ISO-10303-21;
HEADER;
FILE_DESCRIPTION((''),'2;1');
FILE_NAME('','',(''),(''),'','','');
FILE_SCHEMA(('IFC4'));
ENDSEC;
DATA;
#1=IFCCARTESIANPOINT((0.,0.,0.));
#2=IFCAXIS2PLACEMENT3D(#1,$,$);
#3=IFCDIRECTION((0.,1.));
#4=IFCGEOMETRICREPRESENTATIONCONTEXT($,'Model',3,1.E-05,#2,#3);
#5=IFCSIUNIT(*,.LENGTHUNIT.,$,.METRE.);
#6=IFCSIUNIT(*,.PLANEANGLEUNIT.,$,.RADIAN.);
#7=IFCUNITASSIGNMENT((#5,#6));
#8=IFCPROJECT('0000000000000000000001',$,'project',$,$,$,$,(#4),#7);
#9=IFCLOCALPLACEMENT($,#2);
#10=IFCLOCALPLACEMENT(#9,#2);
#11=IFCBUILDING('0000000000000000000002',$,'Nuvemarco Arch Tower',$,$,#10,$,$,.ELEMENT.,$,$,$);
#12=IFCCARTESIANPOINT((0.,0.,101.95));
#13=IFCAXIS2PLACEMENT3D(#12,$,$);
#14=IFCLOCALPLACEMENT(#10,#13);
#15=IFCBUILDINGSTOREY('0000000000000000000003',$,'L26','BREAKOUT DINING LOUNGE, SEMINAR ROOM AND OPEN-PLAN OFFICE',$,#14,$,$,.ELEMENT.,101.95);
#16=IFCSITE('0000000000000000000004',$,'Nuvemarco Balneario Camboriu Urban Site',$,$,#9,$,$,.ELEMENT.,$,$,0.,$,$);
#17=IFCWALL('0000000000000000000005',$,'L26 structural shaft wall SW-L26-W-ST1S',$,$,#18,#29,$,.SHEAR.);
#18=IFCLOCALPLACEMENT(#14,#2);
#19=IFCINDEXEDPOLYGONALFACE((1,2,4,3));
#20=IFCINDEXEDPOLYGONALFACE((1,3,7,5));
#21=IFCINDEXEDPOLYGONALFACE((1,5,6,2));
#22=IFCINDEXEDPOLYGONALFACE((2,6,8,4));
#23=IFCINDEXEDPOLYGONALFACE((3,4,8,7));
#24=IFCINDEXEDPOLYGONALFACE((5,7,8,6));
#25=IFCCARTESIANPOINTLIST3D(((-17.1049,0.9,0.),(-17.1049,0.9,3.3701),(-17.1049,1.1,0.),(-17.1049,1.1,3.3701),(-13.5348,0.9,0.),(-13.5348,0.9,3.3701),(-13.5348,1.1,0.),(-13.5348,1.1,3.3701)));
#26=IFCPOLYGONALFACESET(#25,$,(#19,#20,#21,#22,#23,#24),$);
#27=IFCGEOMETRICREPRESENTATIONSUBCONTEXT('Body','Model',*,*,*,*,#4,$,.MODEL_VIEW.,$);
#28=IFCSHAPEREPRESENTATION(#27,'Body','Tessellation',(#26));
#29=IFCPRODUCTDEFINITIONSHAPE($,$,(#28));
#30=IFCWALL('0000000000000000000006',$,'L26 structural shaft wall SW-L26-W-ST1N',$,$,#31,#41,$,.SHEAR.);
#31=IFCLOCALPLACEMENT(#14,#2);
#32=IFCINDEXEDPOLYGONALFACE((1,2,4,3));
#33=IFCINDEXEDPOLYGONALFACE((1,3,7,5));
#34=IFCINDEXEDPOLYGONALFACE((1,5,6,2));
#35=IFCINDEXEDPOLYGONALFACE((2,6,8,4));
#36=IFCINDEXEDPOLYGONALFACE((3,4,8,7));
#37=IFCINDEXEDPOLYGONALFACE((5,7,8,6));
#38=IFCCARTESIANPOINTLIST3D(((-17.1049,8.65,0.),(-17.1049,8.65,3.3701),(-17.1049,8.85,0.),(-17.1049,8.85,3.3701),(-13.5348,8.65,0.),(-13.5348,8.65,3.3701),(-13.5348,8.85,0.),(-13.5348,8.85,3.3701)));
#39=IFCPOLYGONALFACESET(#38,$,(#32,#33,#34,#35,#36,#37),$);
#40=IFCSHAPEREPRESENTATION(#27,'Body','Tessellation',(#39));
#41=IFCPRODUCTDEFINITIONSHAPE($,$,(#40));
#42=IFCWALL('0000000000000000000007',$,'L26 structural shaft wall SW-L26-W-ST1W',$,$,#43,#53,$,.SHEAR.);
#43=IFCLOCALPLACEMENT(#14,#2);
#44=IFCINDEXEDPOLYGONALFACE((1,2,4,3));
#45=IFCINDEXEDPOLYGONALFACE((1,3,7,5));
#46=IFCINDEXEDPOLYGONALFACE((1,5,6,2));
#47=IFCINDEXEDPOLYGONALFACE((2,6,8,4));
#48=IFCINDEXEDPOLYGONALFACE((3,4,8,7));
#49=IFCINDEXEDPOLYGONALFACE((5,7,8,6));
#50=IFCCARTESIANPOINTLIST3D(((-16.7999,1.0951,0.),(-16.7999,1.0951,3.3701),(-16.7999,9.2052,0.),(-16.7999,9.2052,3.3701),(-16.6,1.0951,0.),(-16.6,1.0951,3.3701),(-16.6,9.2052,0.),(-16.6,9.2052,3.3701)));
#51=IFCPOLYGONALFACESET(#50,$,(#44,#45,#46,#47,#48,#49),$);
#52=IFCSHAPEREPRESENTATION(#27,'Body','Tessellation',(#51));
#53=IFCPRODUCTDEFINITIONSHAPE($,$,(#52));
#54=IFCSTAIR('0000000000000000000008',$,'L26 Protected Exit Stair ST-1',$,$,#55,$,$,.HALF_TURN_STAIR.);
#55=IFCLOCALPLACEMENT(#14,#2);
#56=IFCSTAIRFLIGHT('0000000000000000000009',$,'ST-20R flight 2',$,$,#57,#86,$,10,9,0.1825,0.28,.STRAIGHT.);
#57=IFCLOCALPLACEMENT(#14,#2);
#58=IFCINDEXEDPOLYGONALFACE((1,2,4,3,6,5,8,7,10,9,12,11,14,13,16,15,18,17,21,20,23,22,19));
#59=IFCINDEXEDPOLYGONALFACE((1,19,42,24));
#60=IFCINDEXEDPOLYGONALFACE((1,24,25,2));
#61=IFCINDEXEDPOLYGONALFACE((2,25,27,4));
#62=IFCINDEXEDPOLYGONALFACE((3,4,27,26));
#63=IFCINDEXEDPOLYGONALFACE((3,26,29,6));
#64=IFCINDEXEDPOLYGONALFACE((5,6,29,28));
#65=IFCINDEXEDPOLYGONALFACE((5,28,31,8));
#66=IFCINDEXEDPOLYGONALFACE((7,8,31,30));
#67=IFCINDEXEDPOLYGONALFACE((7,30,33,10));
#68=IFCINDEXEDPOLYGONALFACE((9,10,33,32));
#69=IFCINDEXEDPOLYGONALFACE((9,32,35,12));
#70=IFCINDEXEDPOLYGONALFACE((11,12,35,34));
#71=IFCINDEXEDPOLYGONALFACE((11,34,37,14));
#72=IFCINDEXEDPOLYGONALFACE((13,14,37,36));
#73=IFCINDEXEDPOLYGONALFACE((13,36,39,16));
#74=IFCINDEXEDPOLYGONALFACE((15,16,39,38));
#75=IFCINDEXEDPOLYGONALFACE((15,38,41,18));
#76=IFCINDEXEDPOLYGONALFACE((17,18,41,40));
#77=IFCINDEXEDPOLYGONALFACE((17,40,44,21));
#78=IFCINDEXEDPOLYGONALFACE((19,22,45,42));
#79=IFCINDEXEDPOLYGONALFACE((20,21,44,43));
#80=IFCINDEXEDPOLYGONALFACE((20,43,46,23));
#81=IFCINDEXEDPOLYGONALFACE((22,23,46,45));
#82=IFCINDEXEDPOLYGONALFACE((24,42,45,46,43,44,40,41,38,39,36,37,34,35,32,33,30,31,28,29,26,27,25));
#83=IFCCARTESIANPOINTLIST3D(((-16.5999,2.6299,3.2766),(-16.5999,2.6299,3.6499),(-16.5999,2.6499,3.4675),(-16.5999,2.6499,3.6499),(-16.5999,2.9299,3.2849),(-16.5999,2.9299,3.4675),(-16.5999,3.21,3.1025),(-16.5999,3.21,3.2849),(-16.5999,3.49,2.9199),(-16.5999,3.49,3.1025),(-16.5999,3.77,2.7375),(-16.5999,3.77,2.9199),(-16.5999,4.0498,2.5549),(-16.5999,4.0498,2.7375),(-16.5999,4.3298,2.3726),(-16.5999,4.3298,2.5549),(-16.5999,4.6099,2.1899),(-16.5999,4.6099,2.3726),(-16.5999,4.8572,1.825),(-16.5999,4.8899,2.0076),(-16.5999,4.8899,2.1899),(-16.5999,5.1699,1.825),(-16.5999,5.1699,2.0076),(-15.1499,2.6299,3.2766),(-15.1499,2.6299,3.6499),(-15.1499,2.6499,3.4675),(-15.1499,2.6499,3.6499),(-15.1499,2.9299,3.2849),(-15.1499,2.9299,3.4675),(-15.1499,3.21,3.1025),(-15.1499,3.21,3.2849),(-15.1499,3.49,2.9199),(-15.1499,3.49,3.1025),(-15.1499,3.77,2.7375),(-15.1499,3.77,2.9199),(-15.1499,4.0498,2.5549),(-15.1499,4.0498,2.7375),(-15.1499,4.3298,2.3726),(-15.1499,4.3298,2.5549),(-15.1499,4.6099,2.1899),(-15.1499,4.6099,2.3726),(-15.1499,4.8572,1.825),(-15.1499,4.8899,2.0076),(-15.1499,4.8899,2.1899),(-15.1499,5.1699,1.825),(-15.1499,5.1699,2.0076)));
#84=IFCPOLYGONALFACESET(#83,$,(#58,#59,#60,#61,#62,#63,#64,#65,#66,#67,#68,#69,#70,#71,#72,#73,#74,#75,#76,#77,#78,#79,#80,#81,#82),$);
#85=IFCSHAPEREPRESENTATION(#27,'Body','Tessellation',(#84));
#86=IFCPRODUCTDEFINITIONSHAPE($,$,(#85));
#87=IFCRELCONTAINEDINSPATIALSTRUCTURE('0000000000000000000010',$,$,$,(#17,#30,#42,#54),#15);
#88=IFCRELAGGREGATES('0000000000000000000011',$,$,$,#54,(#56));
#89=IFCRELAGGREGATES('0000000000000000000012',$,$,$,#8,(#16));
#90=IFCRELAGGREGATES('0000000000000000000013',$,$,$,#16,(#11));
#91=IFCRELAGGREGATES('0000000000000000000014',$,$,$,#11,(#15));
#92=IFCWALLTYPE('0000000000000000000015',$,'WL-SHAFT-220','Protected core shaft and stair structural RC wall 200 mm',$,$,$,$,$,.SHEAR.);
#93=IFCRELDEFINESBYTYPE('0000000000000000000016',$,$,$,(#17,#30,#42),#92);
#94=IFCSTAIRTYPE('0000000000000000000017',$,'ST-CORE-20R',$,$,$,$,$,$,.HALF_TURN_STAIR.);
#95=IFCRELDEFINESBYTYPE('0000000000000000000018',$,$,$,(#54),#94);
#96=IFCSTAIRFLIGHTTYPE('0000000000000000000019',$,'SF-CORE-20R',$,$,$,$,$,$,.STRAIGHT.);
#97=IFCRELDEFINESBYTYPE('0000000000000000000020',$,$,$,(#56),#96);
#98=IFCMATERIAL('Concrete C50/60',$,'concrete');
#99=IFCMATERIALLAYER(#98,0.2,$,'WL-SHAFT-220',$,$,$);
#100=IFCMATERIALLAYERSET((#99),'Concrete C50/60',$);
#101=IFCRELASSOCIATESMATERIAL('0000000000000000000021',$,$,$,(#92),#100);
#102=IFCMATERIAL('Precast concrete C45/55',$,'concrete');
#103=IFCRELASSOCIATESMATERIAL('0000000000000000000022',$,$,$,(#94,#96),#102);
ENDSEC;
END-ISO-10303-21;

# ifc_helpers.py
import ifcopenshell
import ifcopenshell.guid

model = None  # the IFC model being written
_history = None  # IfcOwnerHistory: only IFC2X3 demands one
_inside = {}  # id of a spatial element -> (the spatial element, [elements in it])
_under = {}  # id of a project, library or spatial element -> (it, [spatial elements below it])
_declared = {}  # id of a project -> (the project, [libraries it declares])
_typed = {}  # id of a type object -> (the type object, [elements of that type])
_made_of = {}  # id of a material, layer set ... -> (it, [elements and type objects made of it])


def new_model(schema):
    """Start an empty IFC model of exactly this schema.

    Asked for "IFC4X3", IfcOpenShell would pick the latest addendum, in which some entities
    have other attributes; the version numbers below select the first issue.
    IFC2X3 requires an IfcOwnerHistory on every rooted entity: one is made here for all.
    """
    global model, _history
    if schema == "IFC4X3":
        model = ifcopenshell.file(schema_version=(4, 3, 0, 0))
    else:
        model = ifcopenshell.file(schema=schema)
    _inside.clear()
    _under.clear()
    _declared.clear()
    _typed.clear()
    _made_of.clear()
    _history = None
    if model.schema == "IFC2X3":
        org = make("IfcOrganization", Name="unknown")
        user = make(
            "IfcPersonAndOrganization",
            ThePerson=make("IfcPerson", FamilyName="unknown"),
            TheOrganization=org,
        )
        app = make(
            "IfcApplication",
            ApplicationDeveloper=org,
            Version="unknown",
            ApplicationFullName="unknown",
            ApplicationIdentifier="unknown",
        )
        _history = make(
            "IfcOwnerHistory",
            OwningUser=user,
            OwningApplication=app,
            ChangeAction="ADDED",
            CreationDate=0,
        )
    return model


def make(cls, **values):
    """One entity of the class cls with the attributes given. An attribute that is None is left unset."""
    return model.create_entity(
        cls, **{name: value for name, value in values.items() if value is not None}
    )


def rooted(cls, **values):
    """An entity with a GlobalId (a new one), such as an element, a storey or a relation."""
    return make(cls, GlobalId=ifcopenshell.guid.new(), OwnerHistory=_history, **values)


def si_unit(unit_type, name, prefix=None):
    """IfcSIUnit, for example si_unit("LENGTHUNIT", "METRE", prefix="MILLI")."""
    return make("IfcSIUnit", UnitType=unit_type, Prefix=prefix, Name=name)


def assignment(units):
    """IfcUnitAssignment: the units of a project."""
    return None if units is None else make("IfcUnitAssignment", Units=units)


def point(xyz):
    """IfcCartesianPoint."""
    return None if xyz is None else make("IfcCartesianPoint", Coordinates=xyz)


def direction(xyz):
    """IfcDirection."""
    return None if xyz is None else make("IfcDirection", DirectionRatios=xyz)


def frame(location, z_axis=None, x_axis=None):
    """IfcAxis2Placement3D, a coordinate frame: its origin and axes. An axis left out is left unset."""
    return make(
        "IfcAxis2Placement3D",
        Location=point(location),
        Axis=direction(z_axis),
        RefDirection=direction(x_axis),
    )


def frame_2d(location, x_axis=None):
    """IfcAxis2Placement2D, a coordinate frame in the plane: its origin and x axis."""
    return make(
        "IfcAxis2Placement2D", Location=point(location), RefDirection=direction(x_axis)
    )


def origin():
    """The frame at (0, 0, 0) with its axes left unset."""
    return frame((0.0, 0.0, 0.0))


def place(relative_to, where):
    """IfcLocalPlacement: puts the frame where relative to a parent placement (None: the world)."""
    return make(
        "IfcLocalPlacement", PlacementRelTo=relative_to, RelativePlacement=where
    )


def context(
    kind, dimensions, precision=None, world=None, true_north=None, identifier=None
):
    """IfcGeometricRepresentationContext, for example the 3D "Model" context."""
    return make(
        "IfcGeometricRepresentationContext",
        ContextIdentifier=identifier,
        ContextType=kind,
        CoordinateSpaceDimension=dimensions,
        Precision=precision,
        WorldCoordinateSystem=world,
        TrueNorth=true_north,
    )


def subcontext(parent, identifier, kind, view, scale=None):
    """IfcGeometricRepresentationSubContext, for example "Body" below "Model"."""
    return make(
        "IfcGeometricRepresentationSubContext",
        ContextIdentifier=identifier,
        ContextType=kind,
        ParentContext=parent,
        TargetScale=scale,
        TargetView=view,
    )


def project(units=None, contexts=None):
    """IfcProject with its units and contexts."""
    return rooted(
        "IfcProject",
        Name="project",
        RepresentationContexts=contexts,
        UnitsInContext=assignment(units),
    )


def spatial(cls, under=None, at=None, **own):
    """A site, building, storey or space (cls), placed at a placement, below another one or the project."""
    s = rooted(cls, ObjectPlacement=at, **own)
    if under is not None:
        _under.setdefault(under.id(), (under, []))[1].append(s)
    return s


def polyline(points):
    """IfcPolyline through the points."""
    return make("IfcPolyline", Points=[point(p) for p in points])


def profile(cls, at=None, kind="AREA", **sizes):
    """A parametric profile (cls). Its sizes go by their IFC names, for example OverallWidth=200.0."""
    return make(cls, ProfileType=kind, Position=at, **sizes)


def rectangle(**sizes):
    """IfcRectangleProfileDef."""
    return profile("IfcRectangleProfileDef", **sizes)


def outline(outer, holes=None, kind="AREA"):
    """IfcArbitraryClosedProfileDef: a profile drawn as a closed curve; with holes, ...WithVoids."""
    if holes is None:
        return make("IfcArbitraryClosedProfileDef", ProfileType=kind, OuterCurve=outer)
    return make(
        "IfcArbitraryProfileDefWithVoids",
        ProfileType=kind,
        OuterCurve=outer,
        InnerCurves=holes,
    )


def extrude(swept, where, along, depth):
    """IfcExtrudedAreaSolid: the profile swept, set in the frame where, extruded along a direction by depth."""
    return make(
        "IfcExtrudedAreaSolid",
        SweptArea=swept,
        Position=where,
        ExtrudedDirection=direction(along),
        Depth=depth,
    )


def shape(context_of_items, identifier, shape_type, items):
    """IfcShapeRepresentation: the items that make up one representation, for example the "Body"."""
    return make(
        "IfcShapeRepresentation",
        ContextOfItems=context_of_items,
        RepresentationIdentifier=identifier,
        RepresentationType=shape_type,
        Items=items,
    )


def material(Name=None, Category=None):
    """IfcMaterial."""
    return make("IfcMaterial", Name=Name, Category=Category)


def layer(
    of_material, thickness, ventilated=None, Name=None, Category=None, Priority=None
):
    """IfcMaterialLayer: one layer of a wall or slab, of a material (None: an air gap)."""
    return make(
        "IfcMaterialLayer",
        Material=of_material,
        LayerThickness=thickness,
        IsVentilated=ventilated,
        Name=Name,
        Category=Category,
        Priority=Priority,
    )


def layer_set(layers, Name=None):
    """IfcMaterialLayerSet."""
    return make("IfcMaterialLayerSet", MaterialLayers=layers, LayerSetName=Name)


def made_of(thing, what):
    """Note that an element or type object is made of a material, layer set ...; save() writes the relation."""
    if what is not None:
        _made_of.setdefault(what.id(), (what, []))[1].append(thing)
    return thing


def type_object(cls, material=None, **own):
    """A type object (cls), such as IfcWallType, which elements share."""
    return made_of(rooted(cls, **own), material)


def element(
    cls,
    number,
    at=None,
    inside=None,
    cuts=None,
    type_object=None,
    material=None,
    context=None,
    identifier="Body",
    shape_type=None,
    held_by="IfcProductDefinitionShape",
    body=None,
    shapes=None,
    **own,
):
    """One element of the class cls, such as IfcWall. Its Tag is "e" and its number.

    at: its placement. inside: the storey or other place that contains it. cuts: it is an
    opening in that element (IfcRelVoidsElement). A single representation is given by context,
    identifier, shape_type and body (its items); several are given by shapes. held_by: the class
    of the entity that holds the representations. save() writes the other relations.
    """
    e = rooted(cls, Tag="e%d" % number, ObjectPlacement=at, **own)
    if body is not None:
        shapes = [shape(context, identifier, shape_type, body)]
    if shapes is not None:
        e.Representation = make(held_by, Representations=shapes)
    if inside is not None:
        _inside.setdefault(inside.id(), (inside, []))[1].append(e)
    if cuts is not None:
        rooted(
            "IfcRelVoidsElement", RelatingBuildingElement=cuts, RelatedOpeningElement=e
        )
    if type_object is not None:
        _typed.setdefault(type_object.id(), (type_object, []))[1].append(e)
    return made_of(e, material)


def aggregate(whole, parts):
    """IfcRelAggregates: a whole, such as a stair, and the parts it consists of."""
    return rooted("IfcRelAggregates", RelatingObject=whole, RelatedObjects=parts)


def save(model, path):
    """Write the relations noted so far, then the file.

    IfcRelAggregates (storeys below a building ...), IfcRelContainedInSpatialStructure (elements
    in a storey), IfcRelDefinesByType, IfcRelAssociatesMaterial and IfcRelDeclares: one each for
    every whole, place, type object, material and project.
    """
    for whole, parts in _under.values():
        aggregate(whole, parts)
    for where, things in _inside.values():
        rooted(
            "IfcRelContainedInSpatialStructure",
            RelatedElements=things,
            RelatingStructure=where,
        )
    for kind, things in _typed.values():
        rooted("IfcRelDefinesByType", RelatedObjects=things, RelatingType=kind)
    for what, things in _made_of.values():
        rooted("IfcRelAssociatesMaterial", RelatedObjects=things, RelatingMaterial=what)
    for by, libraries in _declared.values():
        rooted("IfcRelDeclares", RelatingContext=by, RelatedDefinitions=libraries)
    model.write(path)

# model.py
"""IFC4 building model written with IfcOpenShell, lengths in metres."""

from ifc_helpers import new_model, si_unit, direction, frame, frame_2d, origin, place, context, subcontext, project, spatial, polyline, rectangle, outline, extrude, material, layer, layer_set, type_object, element, aggregate, save


model = new_model("IFC4")

# Units and contexts
model_context = context("Model", 3, precision=1e-05, world=origin(), true_north=direction((0.0, 1.0)))
body_context = subcontext(model_context, "Body", "Model", "MODEL_VIEW")
ifc_project = project(units=[si_unit("LENGTHUNIT", "METRE"), si_unit("PLANEANGLEUNIT", "RADIAN")], contexts=[model_context])

# Site, building, storey
site_placement = place(None, origin())
site = spatial("IfcSite", under=ifc_project, at=site_placement, Name="Nuvemarco Balneario Camboriu Urban Site", CompositionType="ELEMENT", RefElevation=0.0)
building_placement = place(site_placement, origin())
building = spatial("IfcBuilding", under=site, at=building_placement, Name="Nuvemarco Arch Tower", CompositionType="ELEMENT")
storey_placement = place(building_placement, frame((0.0, 0.0, 101.95)))
storey = spatial("IfcBuildingStorey", under=building, at=storey_placement, Name="L26", Description="BREAKOUT DINING LOUNGE, SEMINAR ROOM AND OPEN-PLAN OFFICE", CompositionType="ELEMENT", Elevation=101.95)

# Shared definitions
ifc_material_1 = material(Name="Precast concrete C45/55", Category="concrete")

# Walls
ifc_material_2 = material(Name="Concrete C50/60", Category="concrete")
ifc_layer_1 = layer(ifc_material_2, 0.2, Name="WL-SHAFT-220")
ifc_layer_set_1 = layer_set([ifc_layer_1], Name="Concrete C50/60")
wall_type_1 = type_object("IfcWallType", Name="WL-SHAFT-220", Description="Protected core shaft and stair structural RC wall 200 mm", PredefinedType="SHEAR", material=ifc_layer_set_1)
for number, where, z_axis, x_axis, name in (
    (1, (-17.105, 1.0, 0.0), (0.0, 0.0, 1.0), (1.0, 0.0, 0.0), "L26 structural shaft wall SW-L26-W-ST1S"),
    (2, (-17.105, 8.75, 0.0), (0.0, 0.0, 1.0), (1.0, 0.0, 0.0), "L26 structural shaft wall SW-L26-W-ST1N"),
):
    element("IfcWall", number, at=place(storey_placement, frame(where, z_axis=z_axis, x_axis=x_axis)), inside=storey, type_object=wall_type_1, Name=name, PredefinedType="SHEAR", context=body_context, shape_type="SweptSolid", body=[
        extrude(rectangle(XDim=3.5701, YDim=0.2, at=frame_2d((1.7852, 0.0))), origin(), (0.0, 0.0, 1.0), 3.3701),
    ])
wall_1_placement = place(storey_placement, frame((-16.7, 1.095, 0.0), z_axis=(0.0, 0.0, 1.0), x_axis=(0.0, 1.0, 0.0)))
element("IfcWall", 3, at=wall_1_placement, inside=storey, type_object=wall_type_1, Name="L26 structural shaft wall SW-L26-W-ST1W", PredefinedType="SHEAR", context=body_context, shape_type="SweptSolid", body=[
    extrude(rectangle(XDim=8.1101, YDim=0.2, at=frame_2d((4.0552, 0.0))), origin(), (0.0, 0.0, 1.0), 3.3701),
])

# Stair, stair flight
stair_type = type_object("IfcStairType", Name="ST-CORE-20R", PredefinedType="HALF_TURN_STAIR", material=ifc_material_1)
stair_placement = place(storey_placement, origin())
stair = element("IfcStair", 4, at=stair_placement, inside=storey, type_object=stair_type, Name="L26 Protected Exit Stair ST-1", PredefinedType="HALF_TURN_STAIR")
stair_flight_type = type_object("IfcStairFlightType", Name="SF-CORE-20R", PredefinedType="STRAIGHT", material=ifc_material_1)
stair_flight_placement = place(storey_placement, frame((-15.875, 5.1699, 1.825), z_axis=(0.0, 0.0, 1.0), x_axis=(0.0, -1.0, 0.0)))
stair_flight = element("IfcStairFlight", 5, at=stair_flight_placement, type_object=stair_flight_type, Name="ST-20R flight 2", NumberOfRisers=10, NumberOfTreads=9, PredefinedType="STRAIGHT", RiserHeight=0.1825, TreadLength=0.28, context=body_context, shape_type="SweptSolid", body=[
    extrude(outline(polyline([(0.0, 0.0), (0.0, 0.1826), (0.28, 0.1826), (0.28, 0.365), (0.5601, 0.365), (0.5601, 0.5476), (0.8401, 0.5476), (0.8401, 0.73), (1.1201, 0.73), (1.1201, 0.9126), (1.3999, 0.9126), (1.3999, 1.095), (1.6799, 1.095), (1.6799, 1.2776), (1.96, 1.2776), (1.96, 1.46), (2.24, 1.46), (2.24, 1.6426), (2.52, 1.6426), (2.52, 1.825), (2.54, 1.825), (2.54, 1.4517), (0.3127, 0.0), (0.0, 0.0)])), frame((0.0, 0.7251, 0.0), z_axis=(0.0, -1.0, 0.0), x_axis=(1.0, 0.0, 0.0)), (0.0, 0.0, 1.0), 1.45),
])
aggregate(stair, [stair_flight])

save(model, "model.ifc")
